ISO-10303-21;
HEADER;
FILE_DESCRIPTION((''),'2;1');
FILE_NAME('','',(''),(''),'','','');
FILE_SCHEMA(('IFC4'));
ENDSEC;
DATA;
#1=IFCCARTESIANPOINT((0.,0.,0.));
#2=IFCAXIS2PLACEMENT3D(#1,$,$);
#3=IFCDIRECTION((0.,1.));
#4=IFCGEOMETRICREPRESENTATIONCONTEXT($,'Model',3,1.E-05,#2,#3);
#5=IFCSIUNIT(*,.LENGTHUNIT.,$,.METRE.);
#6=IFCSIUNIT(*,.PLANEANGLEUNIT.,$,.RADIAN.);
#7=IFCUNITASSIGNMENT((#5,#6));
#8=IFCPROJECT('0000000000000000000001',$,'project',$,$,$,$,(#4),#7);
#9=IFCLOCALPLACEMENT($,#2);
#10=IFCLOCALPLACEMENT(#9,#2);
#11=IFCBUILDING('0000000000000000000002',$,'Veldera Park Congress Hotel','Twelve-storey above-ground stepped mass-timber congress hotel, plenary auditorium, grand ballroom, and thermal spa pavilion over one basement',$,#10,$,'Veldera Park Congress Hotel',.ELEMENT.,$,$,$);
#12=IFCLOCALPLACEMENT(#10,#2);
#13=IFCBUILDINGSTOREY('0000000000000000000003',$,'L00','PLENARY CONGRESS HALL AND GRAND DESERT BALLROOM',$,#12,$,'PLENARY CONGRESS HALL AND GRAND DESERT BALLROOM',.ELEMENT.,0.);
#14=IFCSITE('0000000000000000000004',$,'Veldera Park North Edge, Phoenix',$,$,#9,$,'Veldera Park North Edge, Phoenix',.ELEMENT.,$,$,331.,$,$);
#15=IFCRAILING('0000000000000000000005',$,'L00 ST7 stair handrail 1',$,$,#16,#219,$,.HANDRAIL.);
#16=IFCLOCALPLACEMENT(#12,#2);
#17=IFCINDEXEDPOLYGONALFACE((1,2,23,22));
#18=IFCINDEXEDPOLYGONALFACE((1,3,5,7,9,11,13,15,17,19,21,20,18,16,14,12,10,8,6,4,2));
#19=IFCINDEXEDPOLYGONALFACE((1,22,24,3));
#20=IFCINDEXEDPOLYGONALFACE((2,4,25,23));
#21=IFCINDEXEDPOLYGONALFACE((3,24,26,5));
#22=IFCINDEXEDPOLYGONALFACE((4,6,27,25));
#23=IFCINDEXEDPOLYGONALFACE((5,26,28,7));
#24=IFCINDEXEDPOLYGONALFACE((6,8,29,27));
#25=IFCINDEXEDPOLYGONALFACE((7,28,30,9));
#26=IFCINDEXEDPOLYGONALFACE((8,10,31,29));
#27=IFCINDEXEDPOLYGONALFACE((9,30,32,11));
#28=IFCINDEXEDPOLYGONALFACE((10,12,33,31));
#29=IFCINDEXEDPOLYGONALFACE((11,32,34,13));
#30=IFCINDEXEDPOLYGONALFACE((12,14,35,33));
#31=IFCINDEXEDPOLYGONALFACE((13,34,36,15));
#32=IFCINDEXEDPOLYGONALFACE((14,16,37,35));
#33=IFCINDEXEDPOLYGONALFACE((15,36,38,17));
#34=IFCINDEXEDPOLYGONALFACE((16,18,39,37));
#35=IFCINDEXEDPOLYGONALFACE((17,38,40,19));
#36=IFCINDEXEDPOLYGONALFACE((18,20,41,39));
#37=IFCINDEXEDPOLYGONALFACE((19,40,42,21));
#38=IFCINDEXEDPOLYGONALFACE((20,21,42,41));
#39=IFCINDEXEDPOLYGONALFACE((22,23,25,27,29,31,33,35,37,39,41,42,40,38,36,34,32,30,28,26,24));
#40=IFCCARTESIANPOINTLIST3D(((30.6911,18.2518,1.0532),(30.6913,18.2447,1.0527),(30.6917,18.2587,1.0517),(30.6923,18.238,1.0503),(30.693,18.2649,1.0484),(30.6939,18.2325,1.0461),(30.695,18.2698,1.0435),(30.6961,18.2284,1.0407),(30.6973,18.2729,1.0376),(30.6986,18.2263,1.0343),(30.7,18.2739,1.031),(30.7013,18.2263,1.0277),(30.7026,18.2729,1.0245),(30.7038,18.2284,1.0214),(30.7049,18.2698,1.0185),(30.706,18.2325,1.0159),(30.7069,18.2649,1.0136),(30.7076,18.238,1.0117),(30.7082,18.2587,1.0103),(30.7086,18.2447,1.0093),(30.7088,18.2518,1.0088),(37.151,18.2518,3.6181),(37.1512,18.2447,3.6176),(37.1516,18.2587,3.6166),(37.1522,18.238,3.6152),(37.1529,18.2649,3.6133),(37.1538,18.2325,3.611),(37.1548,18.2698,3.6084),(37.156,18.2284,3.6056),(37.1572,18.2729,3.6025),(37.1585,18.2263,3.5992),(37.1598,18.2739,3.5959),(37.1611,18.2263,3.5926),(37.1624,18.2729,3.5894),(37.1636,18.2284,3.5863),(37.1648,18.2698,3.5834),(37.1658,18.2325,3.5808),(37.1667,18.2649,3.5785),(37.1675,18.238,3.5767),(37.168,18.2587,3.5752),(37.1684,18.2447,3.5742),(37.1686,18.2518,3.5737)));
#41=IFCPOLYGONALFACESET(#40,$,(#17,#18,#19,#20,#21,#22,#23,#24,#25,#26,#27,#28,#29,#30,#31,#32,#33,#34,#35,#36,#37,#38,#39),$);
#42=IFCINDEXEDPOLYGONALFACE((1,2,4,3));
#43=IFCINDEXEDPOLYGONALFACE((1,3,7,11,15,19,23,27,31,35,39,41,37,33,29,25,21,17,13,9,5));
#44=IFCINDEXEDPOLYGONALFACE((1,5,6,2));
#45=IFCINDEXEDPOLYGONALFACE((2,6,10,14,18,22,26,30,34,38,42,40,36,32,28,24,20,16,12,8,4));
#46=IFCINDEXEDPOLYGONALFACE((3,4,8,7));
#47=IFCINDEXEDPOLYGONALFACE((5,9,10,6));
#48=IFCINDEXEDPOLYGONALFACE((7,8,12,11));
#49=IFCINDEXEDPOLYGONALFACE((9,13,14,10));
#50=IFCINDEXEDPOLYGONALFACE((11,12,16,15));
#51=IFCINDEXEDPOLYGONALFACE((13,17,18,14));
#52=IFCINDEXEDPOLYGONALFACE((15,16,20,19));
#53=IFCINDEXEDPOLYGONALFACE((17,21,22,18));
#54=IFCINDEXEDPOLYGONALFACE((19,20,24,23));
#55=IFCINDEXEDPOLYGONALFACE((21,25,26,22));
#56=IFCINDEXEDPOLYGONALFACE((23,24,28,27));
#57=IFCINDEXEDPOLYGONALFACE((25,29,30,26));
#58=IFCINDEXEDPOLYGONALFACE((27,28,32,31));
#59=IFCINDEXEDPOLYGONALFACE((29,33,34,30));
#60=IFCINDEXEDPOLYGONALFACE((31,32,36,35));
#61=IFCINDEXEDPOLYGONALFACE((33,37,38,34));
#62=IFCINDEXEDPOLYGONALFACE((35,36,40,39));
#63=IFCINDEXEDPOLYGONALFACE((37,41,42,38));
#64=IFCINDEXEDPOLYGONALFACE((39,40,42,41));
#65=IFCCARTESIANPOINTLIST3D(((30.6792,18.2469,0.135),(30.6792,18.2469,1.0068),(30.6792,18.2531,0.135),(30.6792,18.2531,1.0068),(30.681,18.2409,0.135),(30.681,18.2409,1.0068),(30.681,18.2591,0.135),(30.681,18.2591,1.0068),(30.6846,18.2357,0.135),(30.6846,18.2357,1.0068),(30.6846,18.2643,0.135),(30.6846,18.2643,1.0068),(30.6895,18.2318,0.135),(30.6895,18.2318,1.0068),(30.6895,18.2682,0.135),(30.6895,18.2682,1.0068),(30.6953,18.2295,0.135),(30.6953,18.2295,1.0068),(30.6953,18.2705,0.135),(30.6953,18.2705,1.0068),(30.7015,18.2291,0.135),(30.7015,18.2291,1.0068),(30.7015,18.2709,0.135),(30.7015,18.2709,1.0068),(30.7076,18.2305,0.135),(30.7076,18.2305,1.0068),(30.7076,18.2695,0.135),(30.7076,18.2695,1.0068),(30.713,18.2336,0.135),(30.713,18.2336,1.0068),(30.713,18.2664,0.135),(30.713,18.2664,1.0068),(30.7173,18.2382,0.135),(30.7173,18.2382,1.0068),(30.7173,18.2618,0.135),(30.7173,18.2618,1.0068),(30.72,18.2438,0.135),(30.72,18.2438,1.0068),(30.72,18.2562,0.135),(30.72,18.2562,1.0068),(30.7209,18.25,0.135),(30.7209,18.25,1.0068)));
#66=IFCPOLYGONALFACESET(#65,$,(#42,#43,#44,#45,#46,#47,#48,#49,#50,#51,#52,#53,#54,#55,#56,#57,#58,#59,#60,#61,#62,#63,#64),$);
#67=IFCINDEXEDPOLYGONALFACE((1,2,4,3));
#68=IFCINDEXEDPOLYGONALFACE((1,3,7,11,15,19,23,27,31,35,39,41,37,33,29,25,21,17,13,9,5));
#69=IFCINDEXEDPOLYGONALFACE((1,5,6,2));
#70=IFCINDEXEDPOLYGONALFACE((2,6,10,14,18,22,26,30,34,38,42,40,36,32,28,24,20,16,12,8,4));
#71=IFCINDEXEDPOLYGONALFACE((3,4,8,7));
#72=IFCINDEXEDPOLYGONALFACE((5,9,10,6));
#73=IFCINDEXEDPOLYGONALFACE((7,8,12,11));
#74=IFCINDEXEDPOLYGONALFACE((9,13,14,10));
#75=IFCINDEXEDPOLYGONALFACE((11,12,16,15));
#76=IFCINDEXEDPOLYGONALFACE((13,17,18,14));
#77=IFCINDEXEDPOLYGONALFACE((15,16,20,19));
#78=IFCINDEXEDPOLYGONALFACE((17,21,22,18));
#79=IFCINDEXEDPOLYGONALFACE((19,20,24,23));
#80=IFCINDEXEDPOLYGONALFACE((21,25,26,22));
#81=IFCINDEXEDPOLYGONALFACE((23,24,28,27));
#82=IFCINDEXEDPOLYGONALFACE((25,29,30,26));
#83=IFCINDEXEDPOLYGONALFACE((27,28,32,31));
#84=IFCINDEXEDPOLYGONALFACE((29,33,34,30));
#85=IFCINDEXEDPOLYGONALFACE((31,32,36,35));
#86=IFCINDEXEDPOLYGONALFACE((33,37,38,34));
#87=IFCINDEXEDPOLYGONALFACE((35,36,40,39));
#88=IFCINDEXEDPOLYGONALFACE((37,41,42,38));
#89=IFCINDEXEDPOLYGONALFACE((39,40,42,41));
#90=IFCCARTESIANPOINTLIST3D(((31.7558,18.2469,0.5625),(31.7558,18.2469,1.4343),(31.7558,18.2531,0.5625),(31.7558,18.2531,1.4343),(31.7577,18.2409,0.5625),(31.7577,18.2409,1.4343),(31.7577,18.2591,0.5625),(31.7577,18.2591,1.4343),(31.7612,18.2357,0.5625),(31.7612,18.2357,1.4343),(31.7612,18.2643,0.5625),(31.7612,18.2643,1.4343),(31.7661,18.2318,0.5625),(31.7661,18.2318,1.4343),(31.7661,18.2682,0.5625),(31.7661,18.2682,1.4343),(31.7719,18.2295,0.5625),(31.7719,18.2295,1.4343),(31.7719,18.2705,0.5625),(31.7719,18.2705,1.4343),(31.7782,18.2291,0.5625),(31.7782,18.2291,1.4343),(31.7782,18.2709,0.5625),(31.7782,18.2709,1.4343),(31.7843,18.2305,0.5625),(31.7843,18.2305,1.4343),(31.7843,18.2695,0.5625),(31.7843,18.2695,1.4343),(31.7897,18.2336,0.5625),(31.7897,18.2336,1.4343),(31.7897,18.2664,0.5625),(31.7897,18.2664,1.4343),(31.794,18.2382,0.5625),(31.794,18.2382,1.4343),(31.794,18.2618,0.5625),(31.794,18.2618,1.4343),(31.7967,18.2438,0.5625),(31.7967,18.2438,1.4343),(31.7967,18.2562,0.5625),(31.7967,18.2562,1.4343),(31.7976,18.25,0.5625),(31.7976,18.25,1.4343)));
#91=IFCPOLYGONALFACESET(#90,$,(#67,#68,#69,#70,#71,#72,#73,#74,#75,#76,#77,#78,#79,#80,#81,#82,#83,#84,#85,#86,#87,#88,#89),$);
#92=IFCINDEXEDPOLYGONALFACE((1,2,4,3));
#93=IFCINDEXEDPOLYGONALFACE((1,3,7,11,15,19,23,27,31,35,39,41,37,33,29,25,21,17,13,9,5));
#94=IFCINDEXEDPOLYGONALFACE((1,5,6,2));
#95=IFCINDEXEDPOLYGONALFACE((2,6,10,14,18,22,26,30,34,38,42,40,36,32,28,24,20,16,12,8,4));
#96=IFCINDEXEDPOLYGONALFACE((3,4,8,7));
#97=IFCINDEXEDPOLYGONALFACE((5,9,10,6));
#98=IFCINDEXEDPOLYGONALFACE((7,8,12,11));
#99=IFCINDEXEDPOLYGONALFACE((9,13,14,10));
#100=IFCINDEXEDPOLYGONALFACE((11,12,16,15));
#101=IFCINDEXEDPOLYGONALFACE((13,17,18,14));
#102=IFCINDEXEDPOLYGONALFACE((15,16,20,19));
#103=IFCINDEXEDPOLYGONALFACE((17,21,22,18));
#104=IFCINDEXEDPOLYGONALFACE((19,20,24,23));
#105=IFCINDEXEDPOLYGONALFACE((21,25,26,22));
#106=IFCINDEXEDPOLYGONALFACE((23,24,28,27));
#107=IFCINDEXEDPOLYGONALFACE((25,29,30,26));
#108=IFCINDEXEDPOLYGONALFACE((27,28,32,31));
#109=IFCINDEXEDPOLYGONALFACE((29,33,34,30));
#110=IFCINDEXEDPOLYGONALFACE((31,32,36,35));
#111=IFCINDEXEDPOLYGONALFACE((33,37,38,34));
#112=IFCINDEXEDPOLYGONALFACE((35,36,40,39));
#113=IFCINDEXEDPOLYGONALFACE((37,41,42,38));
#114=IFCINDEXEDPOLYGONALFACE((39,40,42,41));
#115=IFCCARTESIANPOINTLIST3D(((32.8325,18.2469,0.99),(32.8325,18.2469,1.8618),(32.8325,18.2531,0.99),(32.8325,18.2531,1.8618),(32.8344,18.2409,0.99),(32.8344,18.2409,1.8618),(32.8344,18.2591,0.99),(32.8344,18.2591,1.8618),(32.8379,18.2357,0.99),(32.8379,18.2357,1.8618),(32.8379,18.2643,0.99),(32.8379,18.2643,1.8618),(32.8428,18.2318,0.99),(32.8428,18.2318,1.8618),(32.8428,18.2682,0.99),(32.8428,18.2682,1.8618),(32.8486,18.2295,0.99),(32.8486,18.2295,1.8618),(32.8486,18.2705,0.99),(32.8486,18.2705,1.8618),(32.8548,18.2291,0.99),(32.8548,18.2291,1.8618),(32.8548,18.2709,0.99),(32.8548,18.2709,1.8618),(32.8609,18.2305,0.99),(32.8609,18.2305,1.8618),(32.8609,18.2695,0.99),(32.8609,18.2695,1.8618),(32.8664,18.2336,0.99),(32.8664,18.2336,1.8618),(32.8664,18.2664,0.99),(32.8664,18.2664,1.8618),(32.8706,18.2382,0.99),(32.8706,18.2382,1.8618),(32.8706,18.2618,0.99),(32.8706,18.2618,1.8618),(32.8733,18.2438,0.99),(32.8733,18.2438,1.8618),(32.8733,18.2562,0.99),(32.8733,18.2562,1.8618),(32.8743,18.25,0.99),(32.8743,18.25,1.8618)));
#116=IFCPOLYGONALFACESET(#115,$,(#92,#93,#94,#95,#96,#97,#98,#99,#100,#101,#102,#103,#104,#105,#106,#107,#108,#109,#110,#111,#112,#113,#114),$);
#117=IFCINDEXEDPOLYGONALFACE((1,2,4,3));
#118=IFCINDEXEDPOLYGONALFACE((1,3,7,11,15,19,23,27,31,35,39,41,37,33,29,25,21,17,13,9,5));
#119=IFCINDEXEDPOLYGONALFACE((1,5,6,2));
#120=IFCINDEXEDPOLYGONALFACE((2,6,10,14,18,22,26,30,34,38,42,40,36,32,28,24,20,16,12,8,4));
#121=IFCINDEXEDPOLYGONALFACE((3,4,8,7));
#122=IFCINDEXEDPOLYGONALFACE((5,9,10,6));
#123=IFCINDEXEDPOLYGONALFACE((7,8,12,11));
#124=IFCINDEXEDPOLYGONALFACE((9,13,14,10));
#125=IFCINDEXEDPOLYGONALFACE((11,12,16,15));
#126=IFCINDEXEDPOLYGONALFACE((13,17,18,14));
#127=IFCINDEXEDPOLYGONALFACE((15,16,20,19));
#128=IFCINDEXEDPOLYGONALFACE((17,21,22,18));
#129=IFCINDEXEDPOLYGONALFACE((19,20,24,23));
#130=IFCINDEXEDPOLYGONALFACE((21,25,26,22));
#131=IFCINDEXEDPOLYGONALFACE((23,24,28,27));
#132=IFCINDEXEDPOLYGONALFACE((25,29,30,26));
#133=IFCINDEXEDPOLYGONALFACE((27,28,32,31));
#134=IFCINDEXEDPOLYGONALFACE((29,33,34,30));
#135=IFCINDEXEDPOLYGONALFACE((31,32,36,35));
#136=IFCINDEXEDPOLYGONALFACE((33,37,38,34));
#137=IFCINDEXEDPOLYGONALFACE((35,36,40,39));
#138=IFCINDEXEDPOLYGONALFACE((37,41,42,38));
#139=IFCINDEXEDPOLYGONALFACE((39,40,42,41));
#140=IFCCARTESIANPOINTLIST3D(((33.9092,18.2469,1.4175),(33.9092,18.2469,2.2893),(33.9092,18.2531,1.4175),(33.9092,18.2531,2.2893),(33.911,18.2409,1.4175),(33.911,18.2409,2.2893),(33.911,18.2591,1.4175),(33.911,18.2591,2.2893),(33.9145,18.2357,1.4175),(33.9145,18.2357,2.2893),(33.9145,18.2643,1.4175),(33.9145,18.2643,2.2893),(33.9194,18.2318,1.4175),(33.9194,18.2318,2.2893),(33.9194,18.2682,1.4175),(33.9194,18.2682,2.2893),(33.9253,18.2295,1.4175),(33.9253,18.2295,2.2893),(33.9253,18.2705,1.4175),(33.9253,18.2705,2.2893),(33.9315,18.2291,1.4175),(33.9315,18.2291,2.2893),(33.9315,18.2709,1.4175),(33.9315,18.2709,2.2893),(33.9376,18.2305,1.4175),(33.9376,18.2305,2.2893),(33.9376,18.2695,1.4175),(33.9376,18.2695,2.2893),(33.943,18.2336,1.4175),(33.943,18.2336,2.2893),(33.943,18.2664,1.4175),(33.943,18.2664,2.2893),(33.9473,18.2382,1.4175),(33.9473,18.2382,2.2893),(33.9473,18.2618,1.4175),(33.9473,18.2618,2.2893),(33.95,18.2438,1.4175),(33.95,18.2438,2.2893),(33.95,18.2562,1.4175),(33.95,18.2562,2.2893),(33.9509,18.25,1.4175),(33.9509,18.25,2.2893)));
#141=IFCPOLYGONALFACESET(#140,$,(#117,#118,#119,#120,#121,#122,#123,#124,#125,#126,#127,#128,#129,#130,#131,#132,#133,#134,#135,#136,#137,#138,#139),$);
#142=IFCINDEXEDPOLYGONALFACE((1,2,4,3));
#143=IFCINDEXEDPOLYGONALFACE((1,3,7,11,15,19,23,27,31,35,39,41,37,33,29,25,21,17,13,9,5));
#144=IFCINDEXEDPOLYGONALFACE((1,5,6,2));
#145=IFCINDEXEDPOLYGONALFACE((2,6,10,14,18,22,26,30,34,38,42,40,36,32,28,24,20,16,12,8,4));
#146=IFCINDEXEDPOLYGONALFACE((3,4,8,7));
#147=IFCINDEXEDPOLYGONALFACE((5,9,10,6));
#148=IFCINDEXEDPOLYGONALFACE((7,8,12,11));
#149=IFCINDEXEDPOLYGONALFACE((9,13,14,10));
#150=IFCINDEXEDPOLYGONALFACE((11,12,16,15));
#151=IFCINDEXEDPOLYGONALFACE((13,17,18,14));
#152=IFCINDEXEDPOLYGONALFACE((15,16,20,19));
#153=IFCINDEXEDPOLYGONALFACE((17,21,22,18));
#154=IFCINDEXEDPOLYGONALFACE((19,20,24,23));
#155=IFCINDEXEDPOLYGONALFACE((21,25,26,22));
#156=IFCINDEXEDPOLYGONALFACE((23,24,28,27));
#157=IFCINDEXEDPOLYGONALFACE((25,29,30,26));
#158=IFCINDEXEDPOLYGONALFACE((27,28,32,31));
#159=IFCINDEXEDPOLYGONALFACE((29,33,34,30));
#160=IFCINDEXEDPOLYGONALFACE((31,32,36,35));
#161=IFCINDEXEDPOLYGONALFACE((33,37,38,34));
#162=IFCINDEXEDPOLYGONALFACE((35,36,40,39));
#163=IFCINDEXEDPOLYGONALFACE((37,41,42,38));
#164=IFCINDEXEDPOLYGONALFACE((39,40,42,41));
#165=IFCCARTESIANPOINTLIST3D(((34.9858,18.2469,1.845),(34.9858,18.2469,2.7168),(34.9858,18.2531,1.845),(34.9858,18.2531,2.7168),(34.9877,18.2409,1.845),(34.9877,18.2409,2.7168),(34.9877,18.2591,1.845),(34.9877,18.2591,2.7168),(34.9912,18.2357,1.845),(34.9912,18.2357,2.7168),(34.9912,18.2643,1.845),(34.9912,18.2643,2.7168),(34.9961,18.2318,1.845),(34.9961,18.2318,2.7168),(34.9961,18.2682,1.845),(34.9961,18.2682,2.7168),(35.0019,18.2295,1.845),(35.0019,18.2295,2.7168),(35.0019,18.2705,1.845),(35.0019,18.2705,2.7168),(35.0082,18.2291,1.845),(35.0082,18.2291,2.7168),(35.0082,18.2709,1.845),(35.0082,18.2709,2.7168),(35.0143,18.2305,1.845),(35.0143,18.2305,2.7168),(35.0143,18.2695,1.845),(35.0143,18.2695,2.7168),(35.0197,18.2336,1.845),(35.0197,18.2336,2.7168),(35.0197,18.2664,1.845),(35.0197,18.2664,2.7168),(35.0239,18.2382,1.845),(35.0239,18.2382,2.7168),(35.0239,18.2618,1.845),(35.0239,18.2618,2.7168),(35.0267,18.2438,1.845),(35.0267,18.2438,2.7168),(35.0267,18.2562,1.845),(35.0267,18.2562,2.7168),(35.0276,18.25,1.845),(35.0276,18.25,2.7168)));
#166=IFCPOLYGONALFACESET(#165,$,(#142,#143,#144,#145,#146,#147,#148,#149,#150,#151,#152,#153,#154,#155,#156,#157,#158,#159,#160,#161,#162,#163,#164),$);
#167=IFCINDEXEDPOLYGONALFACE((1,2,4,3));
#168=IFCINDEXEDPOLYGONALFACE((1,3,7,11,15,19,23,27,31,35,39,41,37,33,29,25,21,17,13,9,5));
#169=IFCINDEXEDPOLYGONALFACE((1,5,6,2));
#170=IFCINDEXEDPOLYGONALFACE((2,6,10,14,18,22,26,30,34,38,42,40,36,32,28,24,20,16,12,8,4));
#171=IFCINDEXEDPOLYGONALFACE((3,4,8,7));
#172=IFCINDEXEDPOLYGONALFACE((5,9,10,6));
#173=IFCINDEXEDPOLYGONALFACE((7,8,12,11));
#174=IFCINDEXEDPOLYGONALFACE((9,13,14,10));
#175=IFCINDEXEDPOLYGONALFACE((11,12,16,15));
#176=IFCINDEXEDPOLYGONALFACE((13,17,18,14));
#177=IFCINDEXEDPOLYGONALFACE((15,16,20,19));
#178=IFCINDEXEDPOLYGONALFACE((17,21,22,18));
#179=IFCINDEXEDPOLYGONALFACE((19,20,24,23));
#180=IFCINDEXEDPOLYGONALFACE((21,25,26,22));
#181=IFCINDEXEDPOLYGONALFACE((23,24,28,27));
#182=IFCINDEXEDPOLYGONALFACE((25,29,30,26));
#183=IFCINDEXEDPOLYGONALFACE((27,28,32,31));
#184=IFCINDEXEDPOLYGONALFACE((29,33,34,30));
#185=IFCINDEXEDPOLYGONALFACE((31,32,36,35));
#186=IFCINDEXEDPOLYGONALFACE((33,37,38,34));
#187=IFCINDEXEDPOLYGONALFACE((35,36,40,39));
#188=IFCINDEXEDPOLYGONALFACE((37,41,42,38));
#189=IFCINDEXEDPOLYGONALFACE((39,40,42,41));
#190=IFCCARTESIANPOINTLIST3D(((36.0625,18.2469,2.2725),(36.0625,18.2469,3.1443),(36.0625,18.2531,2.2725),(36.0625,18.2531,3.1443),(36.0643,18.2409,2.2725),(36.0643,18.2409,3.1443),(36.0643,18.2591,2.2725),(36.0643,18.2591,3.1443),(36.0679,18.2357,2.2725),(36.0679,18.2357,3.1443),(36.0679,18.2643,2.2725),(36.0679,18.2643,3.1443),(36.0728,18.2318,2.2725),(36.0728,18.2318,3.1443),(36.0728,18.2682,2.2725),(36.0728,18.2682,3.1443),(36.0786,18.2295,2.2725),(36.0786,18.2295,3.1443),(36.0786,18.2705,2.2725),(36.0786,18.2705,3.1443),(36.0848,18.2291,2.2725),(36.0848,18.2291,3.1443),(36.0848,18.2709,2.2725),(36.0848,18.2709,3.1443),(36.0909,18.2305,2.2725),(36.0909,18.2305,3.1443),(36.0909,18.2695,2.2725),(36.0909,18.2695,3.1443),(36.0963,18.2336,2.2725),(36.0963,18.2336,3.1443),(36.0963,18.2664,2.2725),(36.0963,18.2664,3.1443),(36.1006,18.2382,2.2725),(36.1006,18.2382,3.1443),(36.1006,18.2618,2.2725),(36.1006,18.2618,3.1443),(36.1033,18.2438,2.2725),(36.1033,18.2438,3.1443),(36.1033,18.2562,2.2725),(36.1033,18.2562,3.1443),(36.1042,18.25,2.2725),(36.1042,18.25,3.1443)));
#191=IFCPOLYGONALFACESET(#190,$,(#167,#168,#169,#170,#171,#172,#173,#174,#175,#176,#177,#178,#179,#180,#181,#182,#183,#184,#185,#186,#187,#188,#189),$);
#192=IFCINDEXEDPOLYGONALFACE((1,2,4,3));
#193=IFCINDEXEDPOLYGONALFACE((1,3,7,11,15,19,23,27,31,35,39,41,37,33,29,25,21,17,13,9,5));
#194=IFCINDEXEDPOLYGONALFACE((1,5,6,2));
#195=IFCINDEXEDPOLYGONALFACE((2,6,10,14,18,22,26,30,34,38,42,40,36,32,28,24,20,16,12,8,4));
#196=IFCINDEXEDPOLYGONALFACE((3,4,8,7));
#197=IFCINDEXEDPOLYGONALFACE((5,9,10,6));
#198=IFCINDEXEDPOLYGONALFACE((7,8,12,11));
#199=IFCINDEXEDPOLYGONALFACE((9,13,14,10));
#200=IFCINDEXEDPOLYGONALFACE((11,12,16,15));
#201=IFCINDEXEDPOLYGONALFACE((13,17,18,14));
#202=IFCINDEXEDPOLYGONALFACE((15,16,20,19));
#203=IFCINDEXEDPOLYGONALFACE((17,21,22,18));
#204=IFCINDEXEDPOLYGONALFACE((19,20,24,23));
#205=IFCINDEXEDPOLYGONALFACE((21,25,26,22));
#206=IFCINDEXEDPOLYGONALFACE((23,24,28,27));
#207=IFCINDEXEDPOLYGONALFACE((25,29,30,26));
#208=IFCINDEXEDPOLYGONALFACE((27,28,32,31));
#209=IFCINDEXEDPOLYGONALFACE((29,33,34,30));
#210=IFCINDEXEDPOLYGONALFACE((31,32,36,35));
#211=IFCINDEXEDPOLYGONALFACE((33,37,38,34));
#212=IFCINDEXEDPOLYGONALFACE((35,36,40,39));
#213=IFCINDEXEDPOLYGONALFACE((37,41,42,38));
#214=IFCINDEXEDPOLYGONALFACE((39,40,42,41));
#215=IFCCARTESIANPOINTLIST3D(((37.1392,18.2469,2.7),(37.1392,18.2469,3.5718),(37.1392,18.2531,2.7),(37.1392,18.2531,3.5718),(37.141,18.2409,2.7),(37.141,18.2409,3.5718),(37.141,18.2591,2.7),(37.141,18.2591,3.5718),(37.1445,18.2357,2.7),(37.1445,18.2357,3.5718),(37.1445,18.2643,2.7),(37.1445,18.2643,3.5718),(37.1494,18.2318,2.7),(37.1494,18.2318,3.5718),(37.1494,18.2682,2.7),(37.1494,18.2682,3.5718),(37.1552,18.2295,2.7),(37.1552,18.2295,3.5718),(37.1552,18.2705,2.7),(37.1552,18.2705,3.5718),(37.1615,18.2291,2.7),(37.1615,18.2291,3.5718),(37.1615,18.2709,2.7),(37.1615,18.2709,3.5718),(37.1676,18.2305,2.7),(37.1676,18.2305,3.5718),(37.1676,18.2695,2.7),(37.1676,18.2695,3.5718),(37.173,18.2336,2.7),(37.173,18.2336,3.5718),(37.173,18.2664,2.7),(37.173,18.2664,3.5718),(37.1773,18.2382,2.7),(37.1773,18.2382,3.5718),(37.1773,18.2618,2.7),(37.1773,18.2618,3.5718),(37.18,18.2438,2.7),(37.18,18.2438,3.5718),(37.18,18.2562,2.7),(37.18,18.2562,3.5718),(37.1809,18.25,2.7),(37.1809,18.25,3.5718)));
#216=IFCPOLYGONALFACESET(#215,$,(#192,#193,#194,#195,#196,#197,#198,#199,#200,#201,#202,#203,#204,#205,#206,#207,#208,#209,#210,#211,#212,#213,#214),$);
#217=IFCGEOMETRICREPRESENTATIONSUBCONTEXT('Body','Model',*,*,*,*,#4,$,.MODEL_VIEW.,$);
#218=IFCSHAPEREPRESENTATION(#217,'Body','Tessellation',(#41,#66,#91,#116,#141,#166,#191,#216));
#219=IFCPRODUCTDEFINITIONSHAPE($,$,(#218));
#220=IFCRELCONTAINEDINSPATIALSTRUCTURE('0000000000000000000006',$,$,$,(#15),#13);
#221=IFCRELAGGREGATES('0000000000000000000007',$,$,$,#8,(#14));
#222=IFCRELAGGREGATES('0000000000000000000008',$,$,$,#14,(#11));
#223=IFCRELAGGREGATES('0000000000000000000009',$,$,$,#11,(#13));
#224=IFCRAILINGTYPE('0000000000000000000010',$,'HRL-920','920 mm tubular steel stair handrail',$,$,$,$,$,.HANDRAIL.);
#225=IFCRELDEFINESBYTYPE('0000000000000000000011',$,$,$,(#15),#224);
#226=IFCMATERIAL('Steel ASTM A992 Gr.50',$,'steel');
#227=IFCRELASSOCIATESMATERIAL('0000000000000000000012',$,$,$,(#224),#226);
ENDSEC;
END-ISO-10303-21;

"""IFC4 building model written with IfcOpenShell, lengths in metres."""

from ifc_helpers import new_model, si_unit, direction, frame, origin, origin_2d, place, context, subcontext, project, spatial, circle, extrude, material, type_object, element, save


model = new_model("IFC4")

# Units and contexts
model_context = context("Model", 3, precision=1e-05, world=origin(), true_north=direction((0.0, 1.0)))
body_context = subcontext(model_context, "Body", "Model", "MODEL_VIEW")
ifc_project = project(units=[si_unit("LENGTHUNIT", "METRE"), si_unit("PLANEANGLEUNIT", "RADIAN")], contexts=[model_context])

# Site, building, storey
site_placement = place(None, origin())
site = spatial("IfcSite", under=ifc_project, at=site_placement, Name="Veldera Park North Edge, Phoenix", LongName="Veldera Park North Edge, Phoenix", CompositionType="ELEMENT", RefElevation=331.0)
building_placement = place(site_placement, origin())
building = spatial("IfcBuilding", under=site, at=building_placement, Name="Veldera Park Congress Hotel", Description="Twelve-storey above-ground stepped mass-timber congress hotel, plenary auditorium, grand ballroom, and thermal spa pavilion over one basement", LongName="Veldera Park Congress Hotel", CompositionType="ELEMENT")
storey_placement = place(building_placement, origin())
storey = spatial("IfcBuildingStorey", under=building, at=storey_placement, Name="L00", Description="PLENARY CONGRESS HALL AND GRAND DESERT BALLROOM", LongName="PLENARY CONGRESS HALL AND GRAND DESERT BALLROOM", CompositionType="ELEMENT", Elevation=0.0)

# Shared definitions
ifc_material_1 = material(Name="Steel ASTM A992 Gr.50", Category="steel")

# Railing
railing_type_1 = type_object("IfcRailingType", Name="HRL-920", Description="920 mm tubular steel stair handrail", PredefinedType="HANDRAIL", material=ifc_material_1)
railing_1_placement = place(storey_placement, frame((30.7, 18.25, 0.135)))
element("IfcRailing", 1, at=railing_1_placement, inside=storey, type_object=railing_type_1, Name="L00 ST7 stair handrail 1", PredefinedType="HANDRAIL", context=body_context, shape_type="SweptSolid", body=[
    extrude(circle(Radius=0.0239, at=origin_2d()), frame((0.0, 0.0, 0.896), z_axis=(0.929418, 0.0, 0.369028), x_axis=(0.0, 1.0, 0.0)), (0.0, 0.0, 1.0), 6.9504),
    extrude(circle(Radius=0.021, at=origin_2d()), origin(), (0.0, 0.0, 1.0), 0.8718),
    extrude(circle(Radius=0.021, at=origin_2d()), frame((1.0767, 0.0, 0.4275)), (0.0, 0.0, 1.0), 0.8718),
    extrude(circle(Radius=0.021, at=origin_2d()), frame((2.1533, 0.0, 0.855)), (0.0, 0.0, 1.0), 0.8718),
    extrude(circle(Radius=0.021, at=origin_2d()), frame((3.23, 0.0, 1.2825)), (0.0, 0.0, 1.0), 0.8718),
    extrude(circle(Radius=0.021, at=origin_2d()), frame((4.3066, 0.0, 1.71)), (0.0, 0.0, 1.0), 0.8718),
    extrude(circle(Radius=0.021, at=origin_2d()), frame((5.3833, 0.0, 2.1375)), (0.0, 0.0, 1.0), 0.8718),
    extrude(circle(Radius=0.021, at=origin_2d()), frame((6.46, 0.0, 2.5649)), (0.0, 0.0, 1.0), 0.8718),
])

save(model, "model.ifc")
